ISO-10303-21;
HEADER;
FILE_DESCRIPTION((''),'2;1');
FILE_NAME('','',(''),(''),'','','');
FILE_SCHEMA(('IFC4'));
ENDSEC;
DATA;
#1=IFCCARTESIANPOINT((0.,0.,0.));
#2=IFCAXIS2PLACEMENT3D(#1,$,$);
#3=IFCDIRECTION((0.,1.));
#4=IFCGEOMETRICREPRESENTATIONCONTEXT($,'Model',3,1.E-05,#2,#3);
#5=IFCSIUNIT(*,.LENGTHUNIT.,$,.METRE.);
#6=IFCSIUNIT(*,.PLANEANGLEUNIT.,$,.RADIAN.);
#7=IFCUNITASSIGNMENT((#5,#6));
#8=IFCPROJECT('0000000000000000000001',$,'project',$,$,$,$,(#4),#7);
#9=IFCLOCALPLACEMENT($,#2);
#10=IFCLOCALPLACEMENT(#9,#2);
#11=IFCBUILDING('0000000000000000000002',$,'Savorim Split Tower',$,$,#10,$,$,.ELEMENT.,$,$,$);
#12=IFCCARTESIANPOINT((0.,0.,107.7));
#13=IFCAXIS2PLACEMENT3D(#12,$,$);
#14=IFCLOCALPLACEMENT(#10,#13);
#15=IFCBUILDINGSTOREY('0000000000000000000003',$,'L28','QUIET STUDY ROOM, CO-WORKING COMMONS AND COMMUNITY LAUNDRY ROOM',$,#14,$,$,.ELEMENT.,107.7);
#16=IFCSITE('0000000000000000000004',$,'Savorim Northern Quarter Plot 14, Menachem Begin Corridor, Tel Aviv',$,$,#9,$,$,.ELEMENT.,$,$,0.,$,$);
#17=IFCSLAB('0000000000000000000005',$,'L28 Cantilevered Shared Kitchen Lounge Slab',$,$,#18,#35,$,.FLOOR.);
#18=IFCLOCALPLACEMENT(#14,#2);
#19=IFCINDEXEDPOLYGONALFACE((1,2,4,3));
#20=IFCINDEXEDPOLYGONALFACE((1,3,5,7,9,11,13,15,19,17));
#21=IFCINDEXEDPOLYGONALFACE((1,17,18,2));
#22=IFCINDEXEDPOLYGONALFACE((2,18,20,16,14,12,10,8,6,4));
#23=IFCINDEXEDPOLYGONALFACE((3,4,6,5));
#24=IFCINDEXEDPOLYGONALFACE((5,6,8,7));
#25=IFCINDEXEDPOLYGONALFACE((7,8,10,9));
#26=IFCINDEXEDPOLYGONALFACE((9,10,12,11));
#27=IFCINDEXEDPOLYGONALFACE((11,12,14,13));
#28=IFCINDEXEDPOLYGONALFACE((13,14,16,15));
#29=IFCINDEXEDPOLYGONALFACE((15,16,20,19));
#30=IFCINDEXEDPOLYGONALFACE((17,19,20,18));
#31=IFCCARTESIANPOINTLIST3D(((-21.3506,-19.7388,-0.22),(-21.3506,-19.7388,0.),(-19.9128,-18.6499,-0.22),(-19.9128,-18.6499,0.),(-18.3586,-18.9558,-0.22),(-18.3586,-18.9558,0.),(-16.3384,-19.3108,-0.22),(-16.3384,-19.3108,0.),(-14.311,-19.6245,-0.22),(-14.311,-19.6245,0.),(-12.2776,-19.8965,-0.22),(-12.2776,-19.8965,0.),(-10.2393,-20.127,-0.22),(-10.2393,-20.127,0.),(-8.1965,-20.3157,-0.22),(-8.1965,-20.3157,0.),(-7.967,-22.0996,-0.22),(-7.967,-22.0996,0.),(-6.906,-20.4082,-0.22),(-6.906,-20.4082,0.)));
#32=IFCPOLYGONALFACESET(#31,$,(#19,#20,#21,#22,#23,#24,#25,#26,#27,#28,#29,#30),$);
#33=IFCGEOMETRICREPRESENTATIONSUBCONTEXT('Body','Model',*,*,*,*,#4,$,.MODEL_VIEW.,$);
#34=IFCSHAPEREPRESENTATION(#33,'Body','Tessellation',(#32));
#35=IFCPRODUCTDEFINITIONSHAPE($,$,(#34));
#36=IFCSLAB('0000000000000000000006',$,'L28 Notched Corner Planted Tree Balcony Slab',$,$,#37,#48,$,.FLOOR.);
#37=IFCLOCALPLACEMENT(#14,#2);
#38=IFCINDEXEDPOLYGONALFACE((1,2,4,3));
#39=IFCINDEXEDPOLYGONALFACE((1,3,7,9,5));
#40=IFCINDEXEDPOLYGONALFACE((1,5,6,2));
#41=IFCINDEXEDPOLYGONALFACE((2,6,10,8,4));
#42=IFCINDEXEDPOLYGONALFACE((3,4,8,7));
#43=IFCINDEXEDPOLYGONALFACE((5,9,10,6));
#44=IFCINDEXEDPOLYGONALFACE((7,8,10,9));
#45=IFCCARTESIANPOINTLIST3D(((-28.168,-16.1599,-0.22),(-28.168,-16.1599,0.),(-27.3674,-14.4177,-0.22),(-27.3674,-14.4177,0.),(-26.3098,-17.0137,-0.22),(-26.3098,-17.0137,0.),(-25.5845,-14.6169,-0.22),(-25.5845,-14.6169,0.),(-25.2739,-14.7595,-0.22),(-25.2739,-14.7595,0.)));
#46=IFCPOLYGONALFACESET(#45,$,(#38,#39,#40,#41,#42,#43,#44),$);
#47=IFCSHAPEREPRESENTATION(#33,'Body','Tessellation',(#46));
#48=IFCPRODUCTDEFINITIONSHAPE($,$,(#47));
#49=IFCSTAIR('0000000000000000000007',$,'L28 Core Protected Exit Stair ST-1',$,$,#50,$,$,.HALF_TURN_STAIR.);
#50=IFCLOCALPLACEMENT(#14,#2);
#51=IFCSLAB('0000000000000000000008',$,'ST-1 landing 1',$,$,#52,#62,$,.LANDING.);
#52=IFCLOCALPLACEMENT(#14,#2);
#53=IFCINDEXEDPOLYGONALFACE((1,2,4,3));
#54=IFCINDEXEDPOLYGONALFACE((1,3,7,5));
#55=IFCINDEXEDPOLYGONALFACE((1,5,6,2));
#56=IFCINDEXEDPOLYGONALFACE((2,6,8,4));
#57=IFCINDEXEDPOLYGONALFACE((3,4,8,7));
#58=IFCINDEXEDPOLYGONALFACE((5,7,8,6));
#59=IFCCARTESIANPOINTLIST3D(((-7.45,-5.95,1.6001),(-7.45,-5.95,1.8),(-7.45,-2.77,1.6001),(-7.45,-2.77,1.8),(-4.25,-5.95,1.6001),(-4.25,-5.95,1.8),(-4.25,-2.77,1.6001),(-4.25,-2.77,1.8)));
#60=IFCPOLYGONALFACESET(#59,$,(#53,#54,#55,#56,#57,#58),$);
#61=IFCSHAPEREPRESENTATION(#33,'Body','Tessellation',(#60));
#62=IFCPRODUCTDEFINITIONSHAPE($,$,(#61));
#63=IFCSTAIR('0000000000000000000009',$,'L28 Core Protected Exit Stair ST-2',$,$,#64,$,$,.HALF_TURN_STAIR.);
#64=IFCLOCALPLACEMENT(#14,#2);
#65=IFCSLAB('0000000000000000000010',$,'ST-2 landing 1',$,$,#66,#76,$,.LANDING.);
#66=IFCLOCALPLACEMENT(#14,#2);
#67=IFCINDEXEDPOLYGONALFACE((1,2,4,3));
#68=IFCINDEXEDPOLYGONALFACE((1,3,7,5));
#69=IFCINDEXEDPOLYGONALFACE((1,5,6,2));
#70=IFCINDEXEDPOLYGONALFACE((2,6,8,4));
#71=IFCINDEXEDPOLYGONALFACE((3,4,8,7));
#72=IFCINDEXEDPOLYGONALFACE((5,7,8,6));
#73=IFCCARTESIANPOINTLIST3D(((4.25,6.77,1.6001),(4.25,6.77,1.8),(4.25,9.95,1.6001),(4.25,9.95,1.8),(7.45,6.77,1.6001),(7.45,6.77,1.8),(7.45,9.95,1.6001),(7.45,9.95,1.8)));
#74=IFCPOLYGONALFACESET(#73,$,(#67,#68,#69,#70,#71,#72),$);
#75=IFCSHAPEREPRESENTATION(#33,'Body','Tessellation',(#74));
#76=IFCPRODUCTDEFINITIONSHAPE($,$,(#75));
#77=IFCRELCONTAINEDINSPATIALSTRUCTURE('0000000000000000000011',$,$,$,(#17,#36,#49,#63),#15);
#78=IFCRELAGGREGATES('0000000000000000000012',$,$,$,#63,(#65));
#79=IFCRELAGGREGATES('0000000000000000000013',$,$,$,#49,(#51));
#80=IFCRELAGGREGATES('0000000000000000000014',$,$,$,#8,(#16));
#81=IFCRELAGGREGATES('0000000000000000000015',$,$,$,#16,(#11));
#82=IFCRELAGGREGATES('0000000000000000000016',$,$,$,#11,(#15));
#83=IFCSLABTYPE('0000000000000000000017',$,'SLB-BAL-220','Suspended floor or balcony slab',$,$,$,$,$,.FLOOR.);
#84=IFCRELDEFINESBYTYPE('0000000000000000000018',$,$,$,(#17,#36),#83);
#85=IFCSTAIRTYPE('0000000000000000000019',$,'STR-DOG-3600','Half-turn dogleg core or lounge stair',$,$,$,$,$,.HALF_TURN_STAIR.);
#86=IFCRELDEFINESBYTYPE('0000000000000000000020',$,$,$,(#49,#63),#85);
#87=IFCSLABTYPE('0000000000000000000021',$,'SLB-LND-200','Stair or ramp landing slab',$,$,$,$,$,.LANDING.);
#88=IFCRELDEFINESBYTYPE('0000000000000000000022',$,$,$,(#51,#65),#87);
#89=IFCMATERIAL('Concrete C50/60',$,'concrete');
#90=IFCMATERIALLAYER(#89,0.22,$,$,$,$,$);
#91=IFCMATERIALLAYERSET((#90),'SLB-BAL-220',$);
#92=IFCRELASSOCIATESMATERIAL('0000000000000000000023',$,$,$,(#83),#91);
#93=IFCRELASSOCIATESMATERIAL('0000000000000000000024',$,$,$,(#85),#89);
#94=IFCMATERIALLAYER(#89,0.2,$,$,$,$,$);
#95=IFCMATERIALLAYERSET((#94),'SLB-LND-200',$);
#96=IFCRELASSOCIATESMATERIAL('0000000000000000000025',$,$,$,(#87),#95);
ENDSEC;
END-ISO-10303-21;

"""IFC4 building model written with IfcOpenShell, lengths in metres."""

from ifc_helpers import new_model, si_unit, direction, frame, origin, place, context, subcontext, project, spatial, polyline, outline, extrude, material, layer, layer_set, type_object, element, aggregate, save


model = new_model("IFC4")

# Units and contexts
model_context = context("Model", 3, precision=1e-05, world=origin(), true_north=direction((0.0, 1.0)))
body_context = subcontext(model_context, "Body", "Model", "MODEL_VIEW")
ifc_project = project(units=[si_unit("LENGTHUNIT", "METRE"), si_unit("PLANEANGLEUNIT", "RADIAN")], contexts=[model_context])

# Site, building, storey
site_placement = place(None, origin())
site = spatial("IfcSite", under=ifc_project, at=site_placement, Name="Savorim Northern Quarter Plot 14, Menachem Begin Corridor, Tel Aviv", CompositionType="ELEMENT", RefElevation=0.0)
building_placement = place(site_placement, origin())
building = spatial("IfcBuilding", under=site, at=building_placement, Name="Savorim Split Tower", CompositionType="ELEMENT")
storey_placement = place(building_placement, frame((0.0, 0.0, 107.7)))
storey = spatial("IfcBuildingStorey", under=building, at=storey_placement, Name="L28", Description="QUIET STUDY ROOM, CO-WORKING COMMONS AND COMMUNITY LAUNDRY ROOM", CompositionType="ELEMENT", Elevation=107.7)

# Slabs
ifc_material_1 = material(Name="Concrete C50/60", Category="concrete")
ifc_layer_1 = layer(ifc_material_1, 0.22)
ifc_layer_set_1 = layer_set([ifc_layer_1], Name="SLB-BAL-220")
slab_type_1 = type_object("IfcSlabType", Name="SLB-BAL-220", Description="Suspended floor or balcony slab", PredefinedType="FLOOR", material=ifc_layer_set_1)
slab_1_placement = place(storey_placement, frame((0.0, 0.0, -0.22)))
element("IfcSlab", 1, at=slab_1_placement, inside=storey, type_object=slab_type_1, Name="L28 Cantilevered Shared Kitchen Lounge Slab", PredefinedType="FLOOR", context=body_context, shape_type="SweptSolid", body=[
    extrude(outline(polyline([(-6.906, -20.4082), (-8.1965, -20.3157), (-10.2393, -20.127), (-12.2776, -19.8965), (-14.311, -19.6245), (-16.3384, -19.3108), (-18.3586, -18.9558), (-19.9128, -18.6499), (-21.3506, -19.7388), (-7.967, -22.0996), (-6.906, -20.4082)])), origin(), (0.0, 0.0, 1.0), 0.22),
])
slab_2_placement = place(storey_placement, frame((0.0, 0.0, -0.22)))
element("IfcSlab", 2, at=slab_2_placement, inside=storey, type_object=slab_type_1, Name="L28 Notched Corner Planted Tree Balcony Slab", PredefinedType="FLOOR", context=body_context, shape_type="SweptSolid", body=[
    extrude(outline(polyline([(-26.3098, -17.0137), (-25.2739, -14.7595), (-25.5845, -14.6169), (-27.3674, -14.4177), (-28.168, -16.1599), (-26.3098, -17.0137)])), origin(), (0.0, 0.0, 1.0), 0.22),
])

# Stairs, slabs
stair_type = type_object("IfcStairType", Name="STR-DOG-3600", Description="Half-turn dogleg core or lounge stair", PredefinedType="HALF_TURN_STAIR", material=ifc_material_1)
stair_1_placement = place(storey_placement, origin())
stair_1 = element("IfcStair", 3, at=stair_1_placement, inside=storey, type_object=stair_type, Name="L28 Core Protected Exit Stair ST-1", PredefinedType="HALF_TURN_STAIR")
ifc_layer_2 = layer(ifc_material_1, 0.2)
ifc_layer_set_2 = layer_set([ifc_layer_2], Name="SLB-LND-200")
slab_type_2 = type_object("IfcSlabType", Name="SLB-LND-200", Description="Stair or ramp landing slab", PredefinedType="LANDING", material=ifc_layer_set_2)
slab_3_placement = place(storey_placement, frame((0.0, 0.0, 1.6001)))
slab_3 = element("IfcSlab", 4, at=slab_3_placement, type_object=slab_type_2, Name="ST-1 landing 1", PredefinedType="LANDING", context=body_context, shape_type="SweptSolid", body=[
    extrude(outline(polyline([(-7.45, -2.77), (-7.45, -5.95), (-4.25, -5.95), (-4.25, -2.77), (-7.45, -2.77)])), origin(), (0.0, 0.0, 1.0), 0.2),
])
stair_2_placement = place(storey_placement, origin())
stair_2 = element("IfcStair", 5, at=stair_2_placement, inside=storey, type_object=stair_type, Name="L28 Core Protected Exit Stair ST-2", PredefinedType="HALF_TURN_STAIR")
slab_4_placement = place(storey_placement, frame((0.0, 0.0, 1.6001)))
slab_4 = element("IfcSlab", 6, at=slab_4_placement, type_object=slab_type_2, Name="ST-2 landing 1", PredefinedType="LANDING", context=body_context, shape_type="SweptSolid", body=[
    extrude(outline(polyline([(7.45, 6.77), (7.45, 9.95), (4.25, 9.95), (4.25, 6.77), (7.45, 6.77)])), origin(), (0.0, 0.0, 1.0), 0.2),
])
aggregate(stair_2, [slab_4])

aggregate(stair_1, [slab_3])

save(model, "model.ifc")
